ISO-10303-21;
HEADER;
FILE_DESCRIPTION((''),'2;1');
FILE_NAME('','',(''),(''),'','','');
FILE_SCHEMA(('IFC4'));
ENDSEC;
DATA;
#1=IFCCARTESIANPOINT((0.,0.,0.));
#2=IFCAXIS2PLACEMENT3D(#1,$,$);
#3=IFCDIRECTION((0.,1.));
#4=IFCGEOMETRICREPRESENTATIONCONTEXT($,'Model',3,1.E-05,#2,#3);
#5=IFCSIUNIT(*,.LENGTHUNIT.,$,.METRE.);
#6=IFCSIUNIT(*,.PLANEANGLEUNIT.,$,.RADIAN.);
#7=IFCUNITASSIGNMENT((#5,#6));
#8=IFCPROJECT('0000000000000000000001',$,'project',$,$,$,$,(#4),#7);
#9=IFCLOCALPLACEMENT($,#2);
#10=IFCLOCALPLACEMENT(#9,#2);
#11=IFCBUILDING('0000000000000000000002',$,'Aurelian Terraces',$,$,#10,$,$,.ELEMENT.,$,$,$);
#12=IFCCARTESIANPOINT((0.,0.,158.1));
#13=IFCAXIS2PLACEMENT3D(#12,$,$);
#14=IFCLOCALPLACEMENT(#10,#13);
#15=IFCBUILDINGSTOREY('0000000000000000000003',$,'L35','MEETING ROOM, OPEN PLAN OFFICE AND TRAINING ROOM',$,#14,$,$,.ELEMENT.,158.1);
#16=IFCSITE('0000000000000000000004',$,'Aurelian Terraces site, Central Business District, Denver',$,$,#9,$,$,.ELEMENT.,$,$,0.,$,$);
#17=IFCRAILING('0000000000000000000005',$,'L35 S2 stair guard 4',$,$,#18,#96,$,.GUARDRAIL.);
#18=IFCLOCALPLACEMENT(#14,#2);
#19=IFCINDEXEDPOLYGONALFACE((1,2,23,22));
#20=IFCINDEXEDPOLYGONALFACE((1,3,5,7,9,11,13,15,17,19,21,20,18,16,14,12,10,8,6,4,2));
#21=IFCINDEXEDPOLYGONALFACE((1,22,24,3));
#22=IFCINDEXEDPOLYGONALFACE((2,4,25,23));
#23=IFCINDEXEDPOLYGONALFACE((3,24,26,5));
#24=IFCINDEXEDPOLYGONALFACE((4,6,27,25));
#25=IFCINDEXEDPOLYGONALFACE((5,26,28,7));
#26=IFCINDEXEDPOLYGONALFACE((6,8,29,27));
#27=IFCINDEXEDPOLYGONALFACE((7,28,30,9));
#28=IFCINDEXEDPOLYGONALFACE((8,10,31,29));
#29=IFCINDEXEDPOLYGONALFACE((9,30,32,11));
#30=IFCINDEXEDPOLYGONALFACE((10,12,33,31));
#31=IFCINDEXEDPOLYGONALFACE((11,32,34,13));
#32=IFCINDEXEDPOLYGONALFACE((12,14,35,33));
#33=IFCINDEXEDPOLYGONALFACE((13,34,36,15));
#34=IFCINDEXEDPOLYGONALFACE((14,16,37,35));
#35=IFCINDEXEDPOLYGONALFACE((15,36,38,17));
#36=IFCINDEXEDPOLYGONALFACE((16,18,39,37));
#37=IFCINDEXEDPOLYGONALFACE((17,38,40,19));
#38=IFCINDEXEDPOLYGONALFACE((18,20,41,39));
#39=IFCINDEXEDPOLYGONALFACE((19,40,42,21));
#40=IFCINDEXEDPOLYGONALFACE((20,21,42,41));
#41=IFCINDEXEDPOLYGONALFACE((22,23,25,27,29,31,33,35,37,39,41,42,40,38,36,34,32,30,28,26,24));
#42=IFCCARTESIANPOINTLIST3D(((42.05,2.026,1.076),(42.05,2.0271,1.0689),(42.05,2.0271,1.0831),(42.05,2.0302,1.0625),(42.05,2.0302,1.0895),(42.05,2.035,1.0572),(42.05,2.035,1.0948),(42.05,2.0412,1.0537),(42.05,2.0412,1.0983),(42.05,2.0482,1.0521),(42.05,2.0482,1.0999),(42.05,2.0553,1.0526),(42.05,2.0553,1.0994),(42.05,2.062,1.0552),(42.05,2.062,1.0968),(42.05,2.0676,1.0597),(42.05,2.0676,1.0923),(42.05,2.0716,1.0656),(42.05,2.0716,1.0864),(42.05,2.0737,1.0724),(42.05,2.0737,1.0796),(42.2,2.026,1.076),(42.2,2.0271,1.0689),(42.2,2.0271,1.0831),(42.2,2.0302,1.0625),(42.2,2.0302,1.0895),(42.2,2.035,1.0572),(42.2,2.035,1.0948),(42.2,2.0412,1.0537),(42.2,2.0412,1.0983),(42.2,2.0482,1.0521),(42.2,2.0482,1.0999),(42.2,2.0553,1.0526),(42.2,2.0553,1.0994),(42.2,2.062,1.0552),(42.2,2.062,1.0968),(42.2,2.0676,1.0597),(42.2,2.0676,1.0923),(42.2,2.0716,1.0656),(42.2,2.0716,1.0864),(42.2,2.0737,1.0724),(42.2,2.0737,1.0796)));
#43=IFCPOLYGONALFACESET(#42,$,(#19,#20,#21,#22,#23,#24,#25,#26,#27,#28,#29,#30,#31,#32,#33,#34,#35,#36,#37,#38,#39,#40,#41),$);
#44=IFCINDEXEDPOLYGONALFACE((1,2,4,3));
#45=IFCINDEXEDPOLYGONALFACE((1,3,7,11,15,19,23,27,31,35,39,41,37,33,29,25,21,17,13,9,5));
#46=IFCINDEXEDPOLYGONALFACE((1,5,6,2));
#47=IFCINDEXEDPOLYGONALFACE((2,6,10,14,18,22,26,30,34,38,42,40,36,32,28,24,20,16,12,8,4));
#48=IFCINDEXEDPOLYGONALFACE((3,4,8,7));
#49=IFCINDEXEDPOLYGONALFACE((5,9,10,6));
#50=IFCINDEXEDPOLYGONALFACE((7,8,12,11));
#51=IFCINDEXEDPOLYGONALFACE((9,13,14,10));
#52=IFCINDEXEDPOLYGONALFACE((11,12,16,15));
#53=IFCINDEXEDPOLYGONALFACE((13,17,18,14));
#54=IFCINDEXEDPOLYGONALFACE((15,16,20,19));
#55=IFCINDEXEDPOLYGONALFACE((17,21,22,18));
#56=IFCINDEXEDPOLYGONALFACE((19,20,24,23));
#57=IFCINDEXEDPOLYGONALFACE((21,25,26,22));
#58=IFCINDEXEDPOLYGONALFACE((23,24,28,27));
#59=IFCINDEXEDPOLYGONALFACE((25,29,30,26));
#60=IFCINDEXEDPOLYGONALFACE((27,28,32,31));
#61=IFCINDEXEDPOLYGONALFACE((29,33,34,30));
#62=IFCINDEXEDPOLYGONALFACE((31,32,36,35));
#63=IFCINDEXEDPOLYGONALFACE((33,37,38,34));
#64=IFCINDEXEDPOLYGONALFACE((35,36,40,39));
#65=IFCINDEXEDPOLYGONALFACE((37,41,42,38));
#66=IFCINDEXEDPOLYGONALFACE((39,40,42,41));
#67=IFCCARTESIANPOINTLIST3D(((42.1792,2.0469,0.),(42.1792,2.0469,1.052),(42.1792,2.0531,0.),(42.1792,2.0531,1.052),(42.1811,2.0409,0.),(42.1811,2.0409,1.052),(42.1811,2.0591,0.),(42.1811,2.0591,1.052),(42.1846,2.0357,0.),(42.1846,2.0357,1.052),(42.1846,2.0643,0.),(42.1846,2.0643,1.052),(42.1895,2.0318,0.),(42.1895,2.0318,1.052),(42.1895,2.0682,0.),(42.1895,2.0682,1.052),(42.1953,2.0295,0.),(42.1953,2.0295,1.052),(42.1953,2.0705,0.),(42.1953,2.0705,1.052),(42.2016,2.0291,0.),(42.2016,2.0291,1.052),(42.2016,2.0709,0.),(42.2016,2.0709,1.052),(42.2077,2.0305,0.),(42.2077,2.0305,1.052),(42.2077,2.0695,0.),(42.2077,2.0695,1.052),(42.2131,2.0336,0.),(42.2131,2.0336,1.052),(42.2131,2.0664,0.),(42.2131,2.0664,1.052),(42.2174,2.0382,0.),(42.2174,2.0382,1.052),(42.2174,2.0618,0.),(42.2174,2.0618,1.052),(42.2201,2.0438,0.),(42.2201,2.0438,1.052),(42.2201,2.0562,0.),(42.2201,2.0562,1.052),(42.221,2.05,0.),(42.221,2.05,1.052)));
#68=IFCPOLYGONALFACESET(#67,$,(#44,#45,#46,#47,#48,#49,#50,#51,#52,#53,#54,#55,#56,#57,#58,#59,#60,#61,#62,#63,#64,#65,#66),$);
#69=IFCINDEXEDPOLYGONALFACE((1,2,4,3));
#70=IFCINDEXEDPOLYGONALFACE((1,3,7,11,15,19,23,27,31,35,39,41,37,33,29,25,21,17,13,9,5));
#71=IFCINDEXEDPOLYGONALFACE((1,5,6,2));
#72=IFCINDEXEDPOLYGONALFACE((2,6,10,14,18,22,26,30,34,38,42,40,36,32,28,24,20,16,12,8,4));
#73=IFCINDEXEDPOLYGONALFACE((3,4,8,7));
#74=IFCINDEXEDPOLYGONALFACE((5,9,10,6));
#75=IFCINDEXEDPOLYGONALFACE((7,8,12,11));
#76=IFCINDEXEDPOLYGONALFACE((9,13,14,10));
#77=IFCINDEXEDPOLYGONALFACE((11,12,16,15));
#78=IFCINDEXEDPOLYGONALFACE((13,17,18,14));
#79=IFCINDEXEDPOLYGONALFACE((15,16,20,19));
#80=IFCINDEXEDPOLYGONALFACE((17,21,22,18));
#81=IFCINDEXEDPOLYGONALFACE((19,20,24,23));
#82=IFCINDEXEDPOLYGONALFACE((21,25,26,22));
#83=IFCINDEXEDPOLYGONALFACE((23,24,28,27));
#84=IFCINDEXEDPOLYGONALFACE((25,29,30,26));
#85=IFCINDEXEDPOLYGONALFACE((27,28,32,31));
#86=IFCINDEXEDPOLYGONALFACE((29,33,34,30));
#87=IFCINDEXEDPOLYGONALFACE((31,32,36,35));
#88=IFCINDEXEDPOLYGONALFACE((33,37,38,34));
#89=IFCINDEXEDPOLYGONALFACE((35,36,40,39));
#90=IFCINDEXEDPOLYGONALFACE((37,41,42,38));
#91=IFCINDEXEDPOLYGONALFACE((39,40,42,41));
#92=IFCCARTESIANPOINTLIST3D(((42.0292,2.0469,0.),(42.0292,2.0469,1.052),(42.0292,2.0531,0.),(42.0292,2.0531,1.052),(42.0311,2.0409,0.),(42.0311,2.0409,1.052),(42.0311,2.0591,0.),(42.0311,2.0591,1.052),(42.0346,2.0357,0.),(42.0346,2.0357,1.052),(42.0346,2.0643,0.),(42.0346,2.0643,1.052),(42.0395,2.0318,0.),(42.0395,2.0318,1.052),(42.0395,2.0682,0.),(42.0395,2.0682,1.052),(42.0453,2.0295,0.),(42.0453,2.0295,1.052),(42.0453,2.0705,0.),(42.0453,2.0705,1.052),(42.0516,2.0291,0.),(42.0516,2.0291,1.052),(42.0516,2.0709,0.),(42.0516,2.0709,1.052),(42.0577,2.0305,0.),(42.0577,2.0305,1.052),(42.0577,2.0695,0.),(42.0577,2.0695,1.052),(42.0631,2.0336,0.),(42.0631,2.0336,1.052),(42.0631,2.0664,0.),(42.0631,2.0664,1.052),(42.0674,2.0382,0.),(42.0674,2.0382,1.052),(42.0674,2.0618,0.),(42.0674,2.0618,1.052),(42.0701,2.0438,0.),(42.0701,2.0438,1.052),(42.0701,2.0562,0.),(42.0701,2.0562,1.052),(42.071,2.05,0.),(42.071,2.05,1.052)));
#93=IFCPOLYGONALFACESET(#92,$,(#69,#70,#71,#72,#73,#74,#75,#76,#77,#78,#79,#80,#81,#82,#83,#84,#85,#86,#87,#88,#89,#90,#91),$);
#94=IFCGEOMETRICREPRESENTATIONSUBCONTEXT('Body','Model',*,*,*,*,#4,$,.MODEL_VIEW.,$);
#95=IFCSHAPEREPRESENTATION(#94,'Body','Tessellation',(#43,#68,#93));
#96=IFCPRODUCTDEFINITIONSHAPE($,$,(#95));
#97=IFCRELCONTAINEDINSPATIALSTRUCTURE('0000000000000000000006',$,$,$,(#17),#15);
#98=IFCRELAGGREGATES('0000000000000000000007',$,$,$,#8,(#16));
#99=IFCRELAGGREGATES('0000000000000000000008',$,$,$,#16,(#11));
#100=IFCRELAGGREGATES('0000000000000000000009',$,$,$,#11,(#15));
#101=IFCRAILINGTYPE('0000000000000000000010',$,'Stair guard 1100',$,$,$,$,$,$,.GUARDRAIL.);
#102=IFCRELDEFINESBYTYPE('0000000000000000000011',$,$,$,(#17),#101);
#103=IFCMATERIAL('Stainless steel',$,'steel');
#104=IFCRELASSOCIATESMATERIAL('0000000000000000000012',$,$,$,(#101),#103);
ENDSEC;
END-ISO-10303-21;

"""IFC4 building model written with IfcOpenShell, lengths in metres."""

from ifc_helpers import new_model, si_unit, direction, frame, origin, origin_2d, place, context, subcontext, project, spatial, circle, extrude, source, transform, mapped, material, type_object, element, save


model = new_model("IFC4")

# Units and contexts
model_context = context("Model", 3, precision=1e-05, world=origin(), true_north=direction((0.0, 1.0)))
body_context = subcontext(model_context, "Body", "Model", "MODEL_VIEW")
ifc_project = project(units=[si_unit("LENGTHUNIT", "METRE"), si_unit("PLANEANGLEUNIT", "RADIAN")], contexts=[model_context])

# Site, building, storey
site_placement = place(None, origin())
site = spatial("IfcSite", under=ifc_project, at=site_placement, Name="Aurelian Terraces site, Central Business District, Denver", CompositionType="ELEMENT", RefElevation=0.0)
building_placement = place(site_placement, origin())
building = spatial("IfcBuilding", under=site, at=building_placement, Name="Aurelian Terraces", CompositionType="ELEMENT")
storey_placement = place(building_placement, frame((0.0, 0.0, 158.1)))
storey = spatial("IfcBuildingStorey", under=building, at=storey_placement, Name="L35", Description="MEETING ROOM, OPEN PLAN OFFICE AND TRAINING ROOM", CompositionType="ELEMENT", Elevation=158.1)

# Railing
ifc_material_1 = material(Name="Stainless steel", Category="steel")
railing_type_1 = type_object("IfcRailingType", Name="Stair guard 1100", PredefinedType="GUARDRAIL", material=ifc_material_1)
shared_shape_1 = source(origin(), body_context, "Body", "SweptSolid", [
    extrude(circle(Radius=0.024, at=origin_2d()), frame((0.0, 0.0, 1.076), z_axis=(-1.0, 0.0, 0.0), x_axis=(0.0, -1.0, 0.0)), (0.0, 0.0, 1.0), 0.15),
    extrude(circle(Radius=0.021, at=origin_2d()), origin(), (0.0, 0.0, 1.0), 1.052),
    extrude(circle(Radius=0.021, at=origin_2d()), frame((-0.15, 0.0, 0.0)), (0.0, 0.0, 1.0), 1.052),
])
for number, where, name in (
    (1, (42.2, 2.05, 0.0), "L35 S2 stair guard 4"),
):
    element("IfcRailing", number, at=place(storey_placement, frame(where)), inside=storey, type_object=railing_type_1, Name=name, PredefinedType="GUARDRAIL", context=body_context, shape_type="MappedRepresentation", body=[
        mapped(shared_shape_1, transform((0.0, 0.0, 0.0), scale=1.0)),
    ])

save(model, "model.ifc")
